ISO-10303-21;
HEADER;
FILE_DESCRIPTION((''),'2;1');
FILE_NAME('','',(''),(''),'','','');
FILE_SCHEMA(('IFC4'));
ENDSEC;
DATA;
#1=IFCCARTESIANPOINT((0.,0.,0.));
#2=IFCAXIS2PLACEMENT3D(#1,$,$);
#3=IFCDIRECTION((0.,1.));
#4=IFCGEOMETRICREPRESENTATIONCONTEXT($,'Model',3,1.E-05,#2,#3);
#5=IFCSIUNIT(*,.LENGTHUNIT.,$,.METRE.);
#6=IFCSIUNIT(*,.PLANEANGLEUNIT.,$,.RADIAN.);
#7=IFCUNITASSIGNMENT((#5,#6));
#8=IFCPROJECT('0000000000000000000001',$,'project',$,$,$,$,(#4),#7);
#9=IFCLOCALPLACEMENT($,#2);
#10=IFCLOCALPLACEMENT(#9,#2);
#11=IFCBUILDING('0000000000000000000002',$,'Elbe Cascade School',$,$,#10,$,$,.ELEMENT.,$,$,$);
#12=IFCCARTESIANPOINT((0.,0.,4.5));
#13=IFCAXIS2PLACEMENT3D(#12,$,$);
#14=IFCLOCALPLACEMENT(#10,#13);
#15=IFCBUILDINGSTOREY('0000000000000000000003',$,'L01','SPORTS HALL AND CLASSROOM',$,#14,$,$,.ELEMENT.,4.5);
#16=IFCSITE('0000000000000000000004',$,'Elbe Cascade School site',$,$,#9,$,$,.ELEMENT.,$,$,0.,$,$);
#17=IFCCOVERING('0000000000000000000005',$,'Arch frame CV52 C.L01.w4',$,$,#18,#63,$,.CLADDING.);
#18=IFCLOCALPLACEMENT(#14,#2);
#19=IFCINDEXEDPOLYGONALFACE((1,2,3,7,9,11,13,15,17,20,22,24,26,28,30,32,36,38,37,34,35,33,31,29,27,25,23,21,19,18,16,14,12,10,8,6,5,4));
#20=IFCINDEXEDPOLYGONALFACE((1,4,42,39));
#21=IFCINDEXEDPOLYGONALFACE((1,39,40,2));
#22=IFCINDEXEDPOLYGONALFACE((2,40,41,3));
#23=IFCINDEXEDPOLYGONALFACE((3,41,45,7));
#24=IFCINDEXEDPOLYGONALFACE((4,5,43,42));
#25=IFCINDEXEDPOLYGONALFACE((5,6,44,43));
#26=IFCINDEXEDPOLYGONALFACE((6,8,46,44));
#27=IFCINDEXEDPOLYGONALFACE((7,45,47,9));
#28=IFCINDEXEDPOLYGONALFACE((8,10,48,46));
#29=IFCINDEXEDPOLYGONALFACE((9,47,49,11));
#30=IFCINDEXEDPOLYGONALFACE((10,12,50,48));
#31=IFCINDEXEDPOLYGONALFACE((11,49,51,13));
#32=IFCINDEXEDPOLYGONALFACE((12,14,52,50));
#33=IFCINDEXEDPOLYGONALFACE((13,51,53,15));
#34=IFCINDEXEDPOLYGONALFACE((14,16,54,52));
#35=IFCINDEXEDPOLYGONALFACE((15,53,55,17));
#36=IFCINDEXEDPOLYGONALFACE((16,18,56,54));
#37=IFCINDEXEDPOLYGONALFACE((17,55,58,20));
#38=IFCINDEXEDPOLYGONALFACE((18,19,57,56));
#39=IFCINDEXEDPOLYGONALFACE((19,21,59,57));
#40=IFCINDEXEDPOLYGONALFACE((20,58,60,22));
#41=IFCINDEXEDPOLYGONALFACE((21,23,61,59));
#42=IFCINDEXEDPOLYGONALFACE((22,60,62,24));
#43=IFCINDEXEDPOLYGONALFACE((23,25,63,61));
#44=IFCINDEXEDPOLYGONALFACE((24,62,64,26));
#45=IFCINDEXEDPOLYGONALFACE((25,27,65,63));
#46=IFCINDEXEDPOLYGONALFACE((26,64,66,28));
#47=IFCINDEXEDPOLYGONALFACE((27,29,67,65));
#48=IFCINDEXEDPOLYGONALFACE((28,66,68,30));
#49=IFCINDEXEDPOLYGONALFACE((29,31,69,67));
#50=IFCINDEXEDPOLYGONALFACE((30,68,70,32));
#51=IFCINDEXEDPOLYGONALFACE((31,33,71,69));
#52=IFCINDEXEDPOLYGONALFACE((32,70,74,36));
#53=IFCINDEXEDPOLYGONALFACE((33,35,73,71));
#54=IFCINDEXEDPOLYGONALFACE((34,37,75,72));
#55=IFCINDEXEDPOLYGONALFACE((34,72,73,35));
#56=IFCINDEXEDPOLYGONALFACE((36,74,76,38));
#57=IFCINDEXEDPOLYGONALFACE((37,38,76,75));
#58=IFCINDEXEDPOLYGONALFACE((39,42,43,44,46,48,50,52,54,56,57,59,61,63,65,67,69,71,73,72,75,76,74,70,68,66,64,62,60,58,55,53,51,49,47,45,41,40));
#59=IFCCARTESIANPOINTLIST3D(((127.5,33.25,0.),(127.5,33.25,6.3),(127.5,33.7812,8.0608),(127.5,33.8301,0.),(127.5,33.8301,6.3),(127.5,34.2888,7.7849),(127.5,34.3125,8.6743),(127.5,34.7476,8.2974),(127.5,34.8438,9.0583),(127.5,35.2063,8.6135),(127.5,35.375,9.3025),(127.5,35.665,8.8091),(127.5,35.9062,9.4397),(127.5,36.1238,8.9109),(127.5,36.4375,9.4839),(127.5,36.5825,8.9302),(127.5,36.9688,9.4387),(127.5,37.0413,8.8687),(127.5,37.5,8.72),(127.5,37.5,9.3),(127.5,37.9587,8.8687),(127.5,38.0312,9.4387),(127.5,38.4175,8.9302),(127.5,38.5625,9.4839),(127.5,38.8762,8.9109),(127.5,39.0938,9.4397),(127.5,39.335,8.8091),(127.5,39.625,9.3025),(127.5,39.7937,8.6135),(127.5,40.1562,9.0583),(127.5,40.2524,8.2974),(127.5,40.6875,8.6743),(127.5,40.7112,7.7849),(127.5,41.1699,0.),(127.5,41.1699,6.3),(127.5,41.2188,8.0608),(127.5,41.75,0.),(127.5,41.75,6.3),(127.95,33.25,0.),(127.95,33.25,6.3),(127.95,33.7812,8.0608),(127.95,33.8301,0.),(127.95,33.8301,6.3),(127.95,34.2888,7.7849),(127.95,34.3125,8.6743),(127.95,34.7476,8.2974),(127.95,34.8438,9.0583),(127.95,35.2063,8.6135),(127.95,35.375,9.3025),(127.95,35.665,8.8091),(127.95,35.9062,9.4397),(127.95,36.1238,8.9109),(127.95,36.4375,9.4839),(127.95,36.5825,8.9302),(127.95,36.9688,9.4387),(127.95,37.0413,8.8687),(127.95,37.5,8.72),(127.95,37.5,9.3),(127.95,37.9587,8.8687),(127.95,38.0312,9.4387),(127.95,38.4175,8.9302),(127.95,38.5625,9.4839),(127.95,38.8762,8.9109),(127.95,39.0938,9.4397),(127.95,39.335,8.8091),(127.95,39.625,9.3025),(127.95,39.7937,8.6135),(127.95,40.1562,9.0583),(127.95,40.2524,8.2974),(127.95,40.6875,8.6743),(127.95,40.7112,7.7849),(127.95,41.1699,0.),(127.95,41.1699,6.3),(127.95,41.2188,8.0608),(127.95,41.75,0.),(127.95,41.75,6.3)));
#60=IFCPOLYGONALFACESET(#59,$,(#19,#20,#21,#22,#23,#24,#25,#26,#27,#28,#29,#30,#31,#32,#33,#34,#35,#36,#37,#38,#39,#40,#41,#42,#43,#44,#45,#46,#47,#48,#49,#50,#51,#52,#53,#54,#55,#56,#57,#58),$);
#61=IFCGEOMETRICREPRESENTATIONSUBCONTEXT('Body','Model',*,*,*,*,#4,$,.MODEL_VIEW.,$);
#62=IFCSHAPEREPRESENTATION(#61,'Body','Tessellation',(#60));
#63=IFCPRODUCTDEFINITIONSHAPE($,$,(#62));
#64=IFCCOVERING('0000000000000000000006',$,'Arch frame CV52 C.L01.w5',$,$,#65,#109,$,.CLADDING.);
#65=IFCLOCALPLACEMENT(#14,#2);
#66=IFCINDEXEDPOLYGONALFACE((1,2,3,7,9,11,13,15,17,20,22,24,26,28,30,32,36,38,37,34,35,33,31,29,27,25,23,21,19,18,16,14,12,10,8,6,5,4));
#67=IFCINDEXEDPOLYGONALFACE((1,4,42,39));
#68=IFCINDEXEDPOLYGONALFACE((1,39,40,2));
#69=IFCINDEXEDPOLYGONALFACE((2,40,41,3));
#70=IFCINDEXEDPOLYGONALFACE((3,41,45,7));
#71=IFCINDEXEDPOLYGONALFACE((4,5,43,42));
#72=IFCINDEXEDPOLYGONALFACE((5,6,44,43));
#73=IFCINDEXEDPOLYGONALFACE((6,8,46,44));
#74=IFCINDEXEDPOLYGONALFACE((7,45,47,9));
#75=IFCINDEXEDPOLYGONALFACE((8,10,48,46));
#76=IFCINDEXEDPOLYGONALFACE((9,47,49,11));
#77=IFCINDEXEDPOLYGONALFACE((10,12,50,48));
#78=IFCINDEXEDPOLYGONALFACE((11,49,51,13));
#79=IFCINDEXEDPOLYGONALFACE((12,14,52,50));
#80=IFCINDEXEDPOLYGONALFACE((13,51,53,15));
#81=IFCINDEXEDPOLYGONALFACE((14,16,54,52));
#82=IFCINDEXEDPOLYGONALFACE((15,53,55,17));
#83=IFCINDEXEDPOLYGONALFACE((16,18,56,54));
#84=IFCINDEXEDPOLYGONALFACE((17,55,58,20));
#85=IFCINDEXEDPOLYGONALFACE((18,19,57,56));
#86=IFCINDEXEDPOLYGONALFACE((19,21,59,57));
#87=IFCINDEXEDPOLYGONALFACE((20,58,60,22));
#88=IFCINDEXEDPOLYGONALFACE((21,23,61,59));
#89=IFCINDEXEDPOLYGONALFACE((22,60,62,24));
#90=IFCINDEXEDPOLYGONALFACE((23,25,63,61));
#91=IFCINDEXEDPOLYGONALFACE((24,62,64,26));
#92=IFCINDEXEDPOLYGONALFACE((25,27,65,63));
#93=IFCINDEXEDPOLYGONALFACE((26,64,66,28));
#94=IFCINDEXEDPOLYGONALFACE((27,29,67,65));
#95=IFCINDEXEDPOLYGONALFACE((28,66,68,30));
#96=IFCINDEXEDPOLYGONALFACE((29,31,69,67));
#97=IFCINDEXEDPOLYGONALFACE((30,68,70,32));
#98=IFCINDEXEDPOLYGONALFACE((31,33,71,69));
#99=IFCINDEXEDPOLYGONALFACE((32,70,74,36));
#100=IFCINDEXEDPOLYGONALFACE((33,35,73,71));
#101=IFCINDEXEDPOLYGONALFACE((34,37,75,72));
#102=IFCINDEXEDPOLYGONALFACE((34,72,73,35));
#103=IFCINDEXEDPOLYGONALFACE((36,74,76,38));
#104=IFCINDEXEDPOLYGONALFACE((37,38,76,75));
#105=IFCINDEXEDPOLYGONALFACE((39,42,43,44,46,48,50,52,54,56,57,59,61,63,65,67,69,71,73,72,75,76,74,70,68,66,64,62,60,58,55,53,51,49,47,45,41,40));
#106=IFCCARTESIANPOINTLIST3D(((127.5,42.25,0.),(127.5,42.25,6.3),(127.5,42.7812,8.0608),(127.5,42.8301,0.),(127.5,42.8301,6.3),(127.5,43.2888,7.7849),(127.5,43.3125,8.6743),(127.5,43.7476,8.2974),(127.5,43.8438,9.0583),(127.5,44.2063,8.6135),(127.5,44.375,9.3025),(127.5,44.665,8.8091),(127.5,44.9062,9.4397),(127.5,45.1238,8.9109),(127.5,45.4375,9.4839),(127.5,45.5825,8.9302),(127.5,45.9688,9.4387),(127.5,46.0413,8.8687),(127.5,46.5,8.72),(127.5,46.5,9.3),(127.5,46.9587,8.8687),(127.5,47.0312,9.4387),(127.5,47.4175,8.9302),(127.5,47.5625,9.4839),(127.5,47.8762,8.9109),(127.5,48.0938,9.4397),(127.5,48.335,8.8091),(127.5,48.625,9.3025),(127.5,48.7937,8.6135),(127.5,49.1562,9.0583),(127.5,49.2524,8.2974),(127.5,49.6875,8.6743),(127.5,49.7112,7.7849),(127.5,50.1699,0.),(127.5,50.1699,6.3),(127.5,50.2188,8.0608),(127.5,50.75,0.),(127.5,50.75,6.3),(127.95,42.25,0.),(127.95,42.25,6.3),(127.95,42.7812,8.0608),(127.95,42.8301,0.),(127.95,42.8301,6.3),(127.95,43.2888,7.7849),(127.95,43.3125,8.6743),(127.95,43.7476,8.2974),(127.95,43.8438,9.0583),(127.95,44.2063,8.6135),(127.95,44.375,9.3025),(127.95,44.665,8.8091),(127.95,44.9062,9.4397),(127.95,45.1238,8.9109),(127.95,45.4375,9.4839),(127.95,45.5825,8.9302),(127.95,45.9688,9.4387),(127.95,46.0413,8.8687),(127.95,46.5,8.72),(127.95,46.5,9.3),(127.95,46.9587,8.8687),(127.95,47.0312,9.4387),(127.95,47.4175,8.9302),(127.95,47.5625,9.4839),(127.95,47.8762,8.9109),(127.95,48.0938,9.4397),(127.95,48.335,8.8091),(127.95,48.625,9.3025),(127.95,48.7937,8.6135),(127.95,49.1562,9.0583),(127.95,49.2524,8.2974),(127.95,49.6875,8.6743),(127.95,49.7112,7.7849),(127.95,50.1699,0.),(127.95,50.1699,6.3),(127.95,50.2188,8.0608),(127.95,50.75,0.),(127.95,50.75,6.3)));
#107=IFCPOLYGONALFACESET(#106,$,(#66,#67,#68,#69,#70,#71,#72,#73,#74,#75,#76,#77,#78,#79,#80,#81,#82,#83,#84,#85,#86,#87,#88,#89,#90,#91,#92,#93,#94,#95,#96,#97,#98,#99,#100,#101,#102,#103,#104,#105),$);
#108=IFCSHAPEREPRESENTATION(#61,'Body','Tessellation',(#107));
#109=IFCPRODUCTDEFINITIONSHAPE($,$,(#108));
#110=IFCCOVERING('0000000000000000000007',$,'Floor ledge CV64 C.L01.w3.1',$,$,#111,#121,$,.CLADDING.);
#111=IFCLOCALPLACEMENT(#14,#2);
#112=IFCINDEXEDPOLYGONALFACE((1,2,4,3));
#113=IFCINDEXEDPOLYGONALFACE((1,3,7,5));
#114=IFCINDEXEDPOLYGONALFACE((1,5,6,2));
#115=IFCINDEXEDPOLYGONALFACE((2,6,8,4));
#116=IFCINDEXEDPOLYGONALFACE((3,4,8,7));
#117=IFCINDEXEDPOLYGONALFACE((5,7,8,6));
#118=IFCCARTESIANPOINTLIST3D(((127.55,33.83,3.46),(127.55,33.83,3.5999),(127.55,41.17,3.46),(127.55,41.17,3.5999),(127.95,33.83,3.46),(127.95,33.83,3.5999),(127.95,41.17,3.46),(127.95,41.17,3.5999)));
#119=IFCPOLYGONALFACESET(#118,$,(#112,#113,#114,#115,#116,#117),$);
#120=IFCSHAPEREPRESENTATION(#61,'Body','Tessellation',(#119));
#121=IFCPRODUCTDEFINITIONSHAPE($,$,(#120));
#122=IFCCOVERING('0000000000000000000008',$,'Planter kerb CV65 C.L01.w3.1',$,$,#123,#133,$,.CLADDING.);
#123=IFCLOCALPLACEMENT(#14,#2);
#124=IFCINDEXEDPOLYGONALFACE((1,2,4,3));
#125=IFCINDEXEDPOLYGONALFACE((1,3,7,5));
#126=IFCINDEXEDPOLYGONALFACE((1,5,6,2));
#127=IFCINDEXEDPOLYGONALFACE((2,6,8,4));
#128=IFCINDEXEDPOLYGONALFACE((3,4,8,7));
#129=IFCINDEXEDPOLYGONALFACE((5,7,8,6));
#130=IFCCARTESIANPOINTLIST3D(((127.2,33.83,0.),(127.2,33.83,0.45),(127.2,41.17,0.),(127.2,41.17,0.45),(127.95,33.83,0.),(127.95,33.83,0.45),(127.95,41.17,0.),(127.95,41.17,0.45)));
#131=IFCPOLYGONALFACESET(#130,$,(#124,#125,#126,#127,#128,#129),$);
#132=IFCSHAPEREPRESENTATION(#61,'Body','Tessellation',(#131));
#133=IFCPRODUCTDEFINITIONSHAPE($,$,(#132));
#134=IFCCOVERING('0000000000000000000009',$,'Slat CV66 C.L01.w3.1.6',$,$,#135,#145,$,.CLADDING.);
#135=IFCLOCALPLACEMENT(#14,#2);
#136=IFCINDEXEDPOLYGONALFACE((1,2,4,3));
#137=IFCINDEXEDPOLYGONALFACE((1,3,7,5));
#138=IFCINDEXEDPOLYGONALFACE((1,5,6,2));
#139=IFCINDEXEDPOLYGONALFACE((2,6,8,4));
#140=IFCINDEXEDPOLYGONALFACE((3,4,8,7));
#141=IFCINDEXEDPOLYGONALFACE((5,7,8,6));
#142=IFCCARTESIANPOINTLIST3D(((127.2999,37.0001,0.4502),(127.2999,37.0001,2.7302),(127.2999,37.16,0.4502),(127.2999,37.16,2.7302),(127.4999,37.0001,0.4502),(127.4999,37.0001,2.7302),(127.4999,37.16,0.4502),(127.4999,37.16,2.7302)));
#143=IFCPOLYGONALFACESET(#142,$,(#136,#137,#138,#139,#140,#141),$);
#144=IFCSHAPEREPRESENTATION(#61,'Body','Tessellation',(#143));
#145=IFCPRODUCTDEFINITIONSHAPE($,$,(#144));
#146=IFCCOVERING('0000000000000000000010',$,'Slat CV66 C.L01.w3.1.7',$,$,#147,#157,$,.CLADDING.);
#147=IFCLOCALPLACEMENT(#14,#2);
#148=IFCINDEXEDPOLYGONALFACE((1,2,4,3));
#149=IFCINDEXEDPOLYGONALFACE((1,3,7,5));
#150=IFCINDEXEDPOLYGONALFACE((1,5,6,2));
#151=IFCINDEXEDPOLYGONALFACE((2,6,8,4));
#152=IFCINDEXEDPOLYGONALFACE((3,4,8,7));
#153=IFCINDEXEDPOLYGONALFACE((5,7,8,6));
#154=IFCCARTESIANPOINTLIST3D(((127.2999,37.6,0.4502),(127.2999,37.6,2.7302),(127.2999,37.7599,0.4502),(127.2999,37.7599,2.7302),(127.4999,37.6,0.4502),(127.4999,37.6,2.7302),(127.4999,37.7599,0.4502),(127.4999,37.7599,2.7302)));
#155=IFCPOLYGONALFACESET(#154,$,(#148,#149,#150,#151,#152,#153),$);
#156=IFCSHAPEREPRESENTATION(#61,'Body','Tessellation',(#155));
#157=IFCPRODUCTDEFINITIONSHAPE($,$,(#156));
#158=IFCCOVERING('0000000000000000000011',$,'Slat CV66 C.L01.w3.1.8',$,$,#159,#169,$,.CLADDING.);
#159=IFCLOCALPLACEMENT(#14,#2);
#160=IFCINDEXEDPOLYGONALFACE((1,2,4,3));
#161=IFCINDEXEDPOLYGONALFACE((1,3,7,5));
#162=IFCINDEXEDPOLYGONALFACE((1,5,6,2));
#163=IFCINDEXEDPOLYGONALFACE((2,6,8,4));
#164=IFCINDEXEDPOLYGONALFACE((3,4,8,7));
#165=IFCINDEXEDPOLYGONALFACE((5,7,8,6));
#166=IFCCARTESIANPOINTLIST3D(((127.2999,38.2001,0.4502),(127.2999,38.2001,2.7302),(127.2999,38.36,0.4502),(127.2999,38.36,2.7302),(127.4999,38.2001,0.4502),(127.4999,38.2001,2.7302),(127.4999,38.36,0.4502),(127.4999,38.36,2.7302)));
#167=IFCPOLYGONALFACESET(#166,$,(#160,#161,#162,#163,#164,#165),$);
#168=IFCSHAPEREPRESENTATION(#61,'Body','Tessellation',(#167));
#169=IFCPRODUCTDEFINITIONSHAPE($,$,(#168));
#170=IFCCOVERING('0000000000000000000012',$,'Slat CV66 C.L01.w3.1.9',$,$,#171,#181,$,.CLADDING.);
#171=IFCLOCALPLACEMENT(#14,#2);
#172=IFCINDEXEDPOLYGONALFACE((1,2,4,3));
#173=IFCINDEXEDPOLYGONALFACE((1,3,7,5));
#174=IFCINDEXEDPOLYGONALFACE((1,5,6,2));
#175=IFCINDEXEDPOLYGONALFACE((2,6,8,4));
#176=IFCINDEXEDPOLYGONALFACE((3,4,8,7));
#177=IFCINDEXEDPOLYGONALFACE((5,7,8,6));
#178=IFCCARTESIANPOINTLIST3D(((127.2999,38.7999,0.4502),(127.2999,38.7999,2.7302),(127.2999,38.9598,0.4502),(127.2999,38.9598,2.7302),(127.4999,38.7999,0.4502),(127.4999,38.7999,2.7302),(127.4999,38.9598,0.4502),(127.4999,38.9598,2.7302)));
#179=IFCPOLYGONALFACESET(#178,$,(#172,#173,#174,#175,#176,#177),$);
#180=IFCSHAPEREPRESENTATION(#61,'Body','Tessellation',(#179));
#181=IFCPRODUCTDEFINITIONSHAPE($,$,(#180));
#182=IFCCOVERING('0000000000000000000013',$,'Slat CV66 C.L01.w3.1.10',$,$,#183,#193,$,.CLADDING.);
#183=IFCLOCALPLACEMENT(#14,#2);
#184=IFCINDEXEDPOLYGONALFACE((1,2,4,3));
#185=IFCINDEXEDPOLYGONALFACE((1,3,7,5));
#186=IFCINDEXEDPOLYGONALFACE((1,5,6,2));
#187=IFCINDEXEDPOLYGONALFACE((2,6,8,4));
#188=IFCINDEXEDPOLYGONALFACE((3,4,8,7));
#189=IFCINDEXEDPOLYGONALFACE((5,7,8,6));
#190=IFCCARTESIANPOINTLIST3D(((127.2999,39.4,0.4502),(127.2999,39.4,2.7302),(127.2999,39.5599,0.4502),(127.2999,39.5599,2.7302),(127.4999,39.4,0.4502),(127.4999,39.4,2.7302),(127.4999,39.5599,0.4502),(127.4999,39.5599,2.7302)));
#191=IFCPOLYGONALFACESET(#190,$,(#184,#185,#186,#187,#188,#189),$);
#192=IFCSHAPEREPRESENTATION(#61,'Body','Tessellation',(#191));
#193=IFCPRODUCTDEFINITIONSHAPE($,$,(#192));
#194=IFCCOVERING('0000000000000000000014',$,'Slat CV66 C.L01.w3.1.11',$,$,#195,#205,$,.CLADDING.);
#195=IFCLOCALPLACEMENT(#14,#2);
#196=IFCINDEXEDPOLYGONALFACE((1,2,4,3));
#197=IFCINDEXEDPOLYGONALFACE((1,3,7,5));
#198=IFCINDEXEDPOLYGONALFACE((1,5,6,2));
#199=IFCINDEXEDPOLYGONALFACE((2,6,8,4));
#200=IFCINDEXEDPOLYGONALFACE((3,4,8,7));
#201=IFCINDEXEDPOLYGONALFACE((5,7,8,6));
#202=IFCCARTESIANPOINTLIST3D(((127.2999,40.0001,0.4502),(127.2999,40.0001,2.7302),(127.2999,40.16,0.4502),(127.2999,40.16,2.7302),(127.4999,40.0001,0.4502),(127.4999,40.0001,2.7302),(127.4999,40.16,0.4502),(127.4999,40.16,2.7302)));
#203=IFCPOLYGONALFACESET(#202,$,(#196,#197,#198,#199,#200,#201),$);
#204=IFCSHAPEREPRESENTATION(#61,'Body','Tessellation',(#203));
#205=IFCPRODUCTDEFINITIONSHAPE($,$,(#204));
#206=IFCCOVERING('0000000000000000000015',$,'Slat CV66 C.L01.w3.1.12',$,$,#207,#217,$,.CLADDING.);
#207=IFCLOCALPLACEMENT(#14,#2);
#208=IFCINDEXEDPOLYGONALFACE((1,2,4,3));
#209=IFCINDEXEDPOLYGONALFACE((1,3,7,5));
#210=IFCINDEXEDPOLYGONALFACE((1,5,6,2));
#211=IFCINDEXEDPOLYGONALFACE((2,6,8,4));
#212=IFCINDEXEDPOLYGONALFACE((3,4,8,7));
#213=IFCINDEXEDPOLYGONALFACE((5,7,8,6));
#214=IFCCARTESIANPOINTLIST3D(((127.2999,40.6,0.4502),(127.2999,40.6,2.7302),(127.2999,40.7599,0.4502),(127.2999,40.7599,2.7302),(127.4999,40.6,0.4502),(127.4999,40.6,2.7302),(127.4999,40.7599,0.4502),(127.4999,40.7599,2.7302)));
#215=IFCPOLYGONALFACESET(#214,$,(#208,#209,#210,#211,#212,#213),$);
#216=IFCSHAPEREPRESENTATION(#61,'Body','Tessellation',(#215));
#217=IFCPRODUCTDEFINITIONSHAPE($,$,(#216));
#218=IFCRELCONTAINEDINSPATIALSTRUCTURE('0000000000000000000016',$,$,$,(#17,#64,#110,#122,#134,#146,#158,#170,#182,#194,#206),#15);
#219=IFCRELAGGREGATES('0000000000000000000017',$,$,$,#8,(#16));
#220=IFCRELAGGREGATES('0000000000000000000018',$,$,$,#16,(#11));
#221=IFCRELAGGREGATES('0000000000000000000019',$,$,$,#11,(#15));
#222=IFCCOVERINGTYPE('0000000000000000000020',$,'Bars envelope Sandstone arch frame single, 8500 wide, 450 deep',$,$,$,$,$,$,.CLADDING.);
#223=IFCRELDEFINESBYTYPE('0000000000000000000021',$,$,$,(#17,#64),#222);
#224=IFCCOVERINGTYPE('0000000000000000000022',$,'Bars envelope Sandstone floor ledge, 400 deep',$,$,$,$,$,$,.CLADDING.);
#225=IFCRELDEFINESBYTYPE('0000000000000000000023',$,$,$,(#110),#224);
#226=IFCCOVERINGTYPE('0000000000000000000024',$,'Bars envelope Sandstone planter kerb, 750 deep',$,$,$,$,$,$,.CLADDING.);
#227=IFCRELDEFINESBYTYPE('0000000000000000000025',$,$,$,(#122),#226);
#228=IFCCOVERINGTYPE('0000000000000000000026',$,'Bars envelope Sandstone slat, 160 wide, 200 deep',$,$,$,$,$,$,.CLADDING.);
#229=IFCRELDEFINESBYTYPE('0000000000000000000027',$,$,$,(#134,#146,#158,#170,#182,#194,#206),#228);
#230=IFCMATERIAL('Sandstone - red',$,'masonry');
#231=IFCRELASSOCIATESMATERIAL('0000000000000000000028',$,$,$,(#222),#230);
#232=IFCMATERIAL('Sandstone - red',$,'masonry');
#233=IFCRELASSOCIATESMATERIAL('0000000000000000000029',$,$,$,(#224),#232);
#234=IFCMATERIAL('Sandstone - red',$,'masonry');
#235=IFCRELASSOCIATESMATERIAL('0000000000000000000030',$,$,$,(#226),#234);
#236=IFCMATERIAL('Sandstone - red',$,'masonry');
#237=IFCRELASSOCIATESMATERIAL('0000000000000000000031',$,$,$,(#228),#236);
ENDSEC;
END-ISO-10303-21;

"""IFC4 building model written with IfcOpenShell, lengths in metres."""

from ifc_helpers import new_model, si_unit, direction, frame, origin, origin_2d, place, context, subcontext, project, spatial, polyline, rectangle, outline, extrude, material, type_object, element, save


model = new_model("IFC4")

# Units and contexts
model_context = context("Model", 3, precision=1e-05, world=origin(), true_north=direction((0.0, 1.0)))
body_context = subcontext(model_context, "Body", "Model", "MODEL_VIEW")
ifc_project = project(units=[si_unit("LENGTHUNIT", "METRE"), si_unit("PLANEANGLEUNIT", "RADIAN")], contexts=[model_context])

# Site, building, storey
site_placement = place(None, origin())
site = spatial("IfcSite", under=ifc_project, at=site_placement, Name="Elbe Cascade School site", CompositionType="ELEMENT", RefElevation=0.0)
building_placement = place(site_placement, origin())
building = spatial("IfcBuilding", under=site, at=building_placement, Name="Elbe Cascade School", CompositionType="ELEMENT")
storey_placement = place(building_placement, frame((0.0, 0.0, 4.5)))
storey = spatial("IfcBuildingStorey", under=building, at=storey_placement, Name="L01", Description="SPORTS HALL AND CLASSROOM", CompositionType="ELEMENT", Elevation=4.5)

# Coverings
ifc_material_1 = material(Name="Sandstone - red", Category="masonry")
covering_type_1 = type_object("IfcCoveringType", Name="Bars envelope Sandstone arch frame single, 8500 wide, 450 deep", PredefinedType="CLADDING", material=ifc_material_1)
for number, where, z_axis, x_axis, name in (
    (1, (127.5, 33.25, 0.0), (-1.0, 0.0, 0.0), (0.0, 0.0, 1.0), "Arch frame CV52 C.L01.w4"),
    (2, (127.5, 42.25, 0.0), (-1.0, 0.0, 0.0), (0.0, 0.0, 1.0), "Arch frame CV52 C.L01.w5"),
):
    element("IfcCovering", number, at=place(storey_placement, frame(where, z_axis=z_axis, x_axis=x_axis)), inside=storey, type_object=covering_type_1, Name=name, PredefinedType="CLADDING", context=body_context, shape_type="SweptSolid", body=[
        extrude(outline(polyline([(0.0, 0.0), (6.3, 0.0), (8.0608, 0.5312), (8.6743, 1.0625), (9.0583, 1.5938), (9.3025, 2.125), (9.4397, 2.6562), (9.4839, 3.1875), (9.4387, 3.7188), (9.3, 4.25), (9.4387, 4.7812), (9.4839, 5.3125), (9.4397, 5.8438), (9.3025, 6.375), (9.0583, 6.9062), (8.6743, 7.4375), (8.0608, 7.9688), (6.3, 8.5), (0.0, 8.5), (0.0, 7.9199), (6.3, 7.9199), (7.7849, 7.4612), (8.2974, 7.0024), (8.6135, 6.5437), (8.8091, 6.085), (8.9109, 5.6262), (8.9302, 5.1675), (8.8687, 4.7087), (8.72, 4.25), (8.8687, 3.7913), (8.9302, 3.3325), (8.9109, 2.8738), (8.8091, 2.415), (8.6135, 1.9563), (8.2974, 1.4976), (7.7849, 1.0388), (6.3, 0.5801), (0.0, 0.5801), (0.0, 0.0)])), origin(), (0.0, 0.0, -1.0), 0.45),
    ])
ifc_material_2 = material(Name="Sandstone - red", Category="masonry")
covering_type_2 = type_object("IfcCoveringType", Name="Bars envelope Sandstone floor ledge, 400 deep", PredefinedType="CLADDING", material=ifc_material_2)
covering_1_placement = place(storey_placement, frame((127.75, 37.5, 3.46), z_axis=(0.0, 0.0, 1.0), x_axis=(0.0, 1.0, 0.0)))
element("IfcCovering", 3, at=covering_1_placement, inside=storey, type_object=covering_type_2, Name="Floor ledge CV64 C.L01.w3.1", PredefinedType="CLADDING", context=body_context, shape_type="SweptSolid", body=[
    extrude(rectangle(XDim=7.3401, YDim=0.3999, at=origin_2d()), origin(), (0.0, 0.0, 1.0), 0.1399),
])
ifc_material_3 = material(Name="Sandstone - red", Category="masonry")
covering_type_3 = type_object("IfcCoveringType", Name="Bars envelope Sandstone planter kerb, 750 deep", PredefinedType="CLADDING", material=ifc_material_3)
covering_2_placement = place(storey_placement, frame((127.575, 37.5, 0.0), z_axis=(0.0, 0.0, 1.0), x_axis=(0.0, 1.0, 0.0)))
element("IfcCovering", 4, at=covering_2_placement, inside=storey, type_object=covering_type_3, Name="Planter kerb CV65 C.L01.w3.1", PredefinedType="CLADDING", context=body_context, shape_type="SweptSolid", body=[
    extrude(rectangle(XDim=7.3401, YDim=0.75, at=origin_2d()), origin(), (0.0, 0.0, 1.0), 0.45),
])
ifc_material_4 = material(Name="Sandstone - red", Category="masonry")
covering_type_4 = type_object("IfcCoveringType", Name="Bars envelope Sandstone slat, 160 wide, 200 deep", PredefinedType="CLADDING", material=ifc_material_4)
for number, where, z_axis, x_axis, name in (
    (5, (127.3999, 37.0801, 0.4502), (0.0, 0.0, 1.0), (0.0, 1.0, 0.0), "Slat CV66 C.L01.w3.1.6"),
    (6, (127.3999, 37.6799, 0.4502), (0.0, 0.0, 1.0), (0.0, 1.0, 0.0), "Slat CV66 C.L01.w3.1.7"),
    (7, (127.3999, 38.28, 0.4502), (0.0, 0.0, 1.0), (0.0, 1.0, 0.0), "Slat CV66 C.L01.w3.1.8"),
    (8, (127.3999, 38.8799, 0.4502), (0.0, 0.0, 1.0), (0.0, 1.0, 0.0), "Slat CV66 C.L01.w3.1.9"),
    (9, (127.3999, 39.48, 0.4502), (0.0, 0.0, 1.0), (0.0, 1.0, 0.0), "Slat CV66 C.L01.w3.1.10"),
    (10, (127.3999, 40.0801, 0.4502), (0.0, 0.0, 1.0), (0.0, 1.0, 0.0), "Slat CV66 C.L01.w3.1.11"),
    (11, (127.3999, 40.6799, 0.4502), (0.0, 0.0, 1.0), (0.0, 1.0, 0.0), "Slat CV66 C.L01.w3.1.12"),
):
    element("IfcCovering", number, at=place(storey_placement, frame(where, z_axis=z_axis, x_axis=x_axis)), inside=storey, type_object=covering_type_4, Name=name, PredefinedType="CLADDING", context=body_context, shape_type="SweptSolid", body=[
        extrude(rectangle(XDim=0.1599, YDim=0.2, at=origin_2d()), origin(), (0.0, 0.0, 1.0), 2.28),
    ])

save(model, "model.ifc")
